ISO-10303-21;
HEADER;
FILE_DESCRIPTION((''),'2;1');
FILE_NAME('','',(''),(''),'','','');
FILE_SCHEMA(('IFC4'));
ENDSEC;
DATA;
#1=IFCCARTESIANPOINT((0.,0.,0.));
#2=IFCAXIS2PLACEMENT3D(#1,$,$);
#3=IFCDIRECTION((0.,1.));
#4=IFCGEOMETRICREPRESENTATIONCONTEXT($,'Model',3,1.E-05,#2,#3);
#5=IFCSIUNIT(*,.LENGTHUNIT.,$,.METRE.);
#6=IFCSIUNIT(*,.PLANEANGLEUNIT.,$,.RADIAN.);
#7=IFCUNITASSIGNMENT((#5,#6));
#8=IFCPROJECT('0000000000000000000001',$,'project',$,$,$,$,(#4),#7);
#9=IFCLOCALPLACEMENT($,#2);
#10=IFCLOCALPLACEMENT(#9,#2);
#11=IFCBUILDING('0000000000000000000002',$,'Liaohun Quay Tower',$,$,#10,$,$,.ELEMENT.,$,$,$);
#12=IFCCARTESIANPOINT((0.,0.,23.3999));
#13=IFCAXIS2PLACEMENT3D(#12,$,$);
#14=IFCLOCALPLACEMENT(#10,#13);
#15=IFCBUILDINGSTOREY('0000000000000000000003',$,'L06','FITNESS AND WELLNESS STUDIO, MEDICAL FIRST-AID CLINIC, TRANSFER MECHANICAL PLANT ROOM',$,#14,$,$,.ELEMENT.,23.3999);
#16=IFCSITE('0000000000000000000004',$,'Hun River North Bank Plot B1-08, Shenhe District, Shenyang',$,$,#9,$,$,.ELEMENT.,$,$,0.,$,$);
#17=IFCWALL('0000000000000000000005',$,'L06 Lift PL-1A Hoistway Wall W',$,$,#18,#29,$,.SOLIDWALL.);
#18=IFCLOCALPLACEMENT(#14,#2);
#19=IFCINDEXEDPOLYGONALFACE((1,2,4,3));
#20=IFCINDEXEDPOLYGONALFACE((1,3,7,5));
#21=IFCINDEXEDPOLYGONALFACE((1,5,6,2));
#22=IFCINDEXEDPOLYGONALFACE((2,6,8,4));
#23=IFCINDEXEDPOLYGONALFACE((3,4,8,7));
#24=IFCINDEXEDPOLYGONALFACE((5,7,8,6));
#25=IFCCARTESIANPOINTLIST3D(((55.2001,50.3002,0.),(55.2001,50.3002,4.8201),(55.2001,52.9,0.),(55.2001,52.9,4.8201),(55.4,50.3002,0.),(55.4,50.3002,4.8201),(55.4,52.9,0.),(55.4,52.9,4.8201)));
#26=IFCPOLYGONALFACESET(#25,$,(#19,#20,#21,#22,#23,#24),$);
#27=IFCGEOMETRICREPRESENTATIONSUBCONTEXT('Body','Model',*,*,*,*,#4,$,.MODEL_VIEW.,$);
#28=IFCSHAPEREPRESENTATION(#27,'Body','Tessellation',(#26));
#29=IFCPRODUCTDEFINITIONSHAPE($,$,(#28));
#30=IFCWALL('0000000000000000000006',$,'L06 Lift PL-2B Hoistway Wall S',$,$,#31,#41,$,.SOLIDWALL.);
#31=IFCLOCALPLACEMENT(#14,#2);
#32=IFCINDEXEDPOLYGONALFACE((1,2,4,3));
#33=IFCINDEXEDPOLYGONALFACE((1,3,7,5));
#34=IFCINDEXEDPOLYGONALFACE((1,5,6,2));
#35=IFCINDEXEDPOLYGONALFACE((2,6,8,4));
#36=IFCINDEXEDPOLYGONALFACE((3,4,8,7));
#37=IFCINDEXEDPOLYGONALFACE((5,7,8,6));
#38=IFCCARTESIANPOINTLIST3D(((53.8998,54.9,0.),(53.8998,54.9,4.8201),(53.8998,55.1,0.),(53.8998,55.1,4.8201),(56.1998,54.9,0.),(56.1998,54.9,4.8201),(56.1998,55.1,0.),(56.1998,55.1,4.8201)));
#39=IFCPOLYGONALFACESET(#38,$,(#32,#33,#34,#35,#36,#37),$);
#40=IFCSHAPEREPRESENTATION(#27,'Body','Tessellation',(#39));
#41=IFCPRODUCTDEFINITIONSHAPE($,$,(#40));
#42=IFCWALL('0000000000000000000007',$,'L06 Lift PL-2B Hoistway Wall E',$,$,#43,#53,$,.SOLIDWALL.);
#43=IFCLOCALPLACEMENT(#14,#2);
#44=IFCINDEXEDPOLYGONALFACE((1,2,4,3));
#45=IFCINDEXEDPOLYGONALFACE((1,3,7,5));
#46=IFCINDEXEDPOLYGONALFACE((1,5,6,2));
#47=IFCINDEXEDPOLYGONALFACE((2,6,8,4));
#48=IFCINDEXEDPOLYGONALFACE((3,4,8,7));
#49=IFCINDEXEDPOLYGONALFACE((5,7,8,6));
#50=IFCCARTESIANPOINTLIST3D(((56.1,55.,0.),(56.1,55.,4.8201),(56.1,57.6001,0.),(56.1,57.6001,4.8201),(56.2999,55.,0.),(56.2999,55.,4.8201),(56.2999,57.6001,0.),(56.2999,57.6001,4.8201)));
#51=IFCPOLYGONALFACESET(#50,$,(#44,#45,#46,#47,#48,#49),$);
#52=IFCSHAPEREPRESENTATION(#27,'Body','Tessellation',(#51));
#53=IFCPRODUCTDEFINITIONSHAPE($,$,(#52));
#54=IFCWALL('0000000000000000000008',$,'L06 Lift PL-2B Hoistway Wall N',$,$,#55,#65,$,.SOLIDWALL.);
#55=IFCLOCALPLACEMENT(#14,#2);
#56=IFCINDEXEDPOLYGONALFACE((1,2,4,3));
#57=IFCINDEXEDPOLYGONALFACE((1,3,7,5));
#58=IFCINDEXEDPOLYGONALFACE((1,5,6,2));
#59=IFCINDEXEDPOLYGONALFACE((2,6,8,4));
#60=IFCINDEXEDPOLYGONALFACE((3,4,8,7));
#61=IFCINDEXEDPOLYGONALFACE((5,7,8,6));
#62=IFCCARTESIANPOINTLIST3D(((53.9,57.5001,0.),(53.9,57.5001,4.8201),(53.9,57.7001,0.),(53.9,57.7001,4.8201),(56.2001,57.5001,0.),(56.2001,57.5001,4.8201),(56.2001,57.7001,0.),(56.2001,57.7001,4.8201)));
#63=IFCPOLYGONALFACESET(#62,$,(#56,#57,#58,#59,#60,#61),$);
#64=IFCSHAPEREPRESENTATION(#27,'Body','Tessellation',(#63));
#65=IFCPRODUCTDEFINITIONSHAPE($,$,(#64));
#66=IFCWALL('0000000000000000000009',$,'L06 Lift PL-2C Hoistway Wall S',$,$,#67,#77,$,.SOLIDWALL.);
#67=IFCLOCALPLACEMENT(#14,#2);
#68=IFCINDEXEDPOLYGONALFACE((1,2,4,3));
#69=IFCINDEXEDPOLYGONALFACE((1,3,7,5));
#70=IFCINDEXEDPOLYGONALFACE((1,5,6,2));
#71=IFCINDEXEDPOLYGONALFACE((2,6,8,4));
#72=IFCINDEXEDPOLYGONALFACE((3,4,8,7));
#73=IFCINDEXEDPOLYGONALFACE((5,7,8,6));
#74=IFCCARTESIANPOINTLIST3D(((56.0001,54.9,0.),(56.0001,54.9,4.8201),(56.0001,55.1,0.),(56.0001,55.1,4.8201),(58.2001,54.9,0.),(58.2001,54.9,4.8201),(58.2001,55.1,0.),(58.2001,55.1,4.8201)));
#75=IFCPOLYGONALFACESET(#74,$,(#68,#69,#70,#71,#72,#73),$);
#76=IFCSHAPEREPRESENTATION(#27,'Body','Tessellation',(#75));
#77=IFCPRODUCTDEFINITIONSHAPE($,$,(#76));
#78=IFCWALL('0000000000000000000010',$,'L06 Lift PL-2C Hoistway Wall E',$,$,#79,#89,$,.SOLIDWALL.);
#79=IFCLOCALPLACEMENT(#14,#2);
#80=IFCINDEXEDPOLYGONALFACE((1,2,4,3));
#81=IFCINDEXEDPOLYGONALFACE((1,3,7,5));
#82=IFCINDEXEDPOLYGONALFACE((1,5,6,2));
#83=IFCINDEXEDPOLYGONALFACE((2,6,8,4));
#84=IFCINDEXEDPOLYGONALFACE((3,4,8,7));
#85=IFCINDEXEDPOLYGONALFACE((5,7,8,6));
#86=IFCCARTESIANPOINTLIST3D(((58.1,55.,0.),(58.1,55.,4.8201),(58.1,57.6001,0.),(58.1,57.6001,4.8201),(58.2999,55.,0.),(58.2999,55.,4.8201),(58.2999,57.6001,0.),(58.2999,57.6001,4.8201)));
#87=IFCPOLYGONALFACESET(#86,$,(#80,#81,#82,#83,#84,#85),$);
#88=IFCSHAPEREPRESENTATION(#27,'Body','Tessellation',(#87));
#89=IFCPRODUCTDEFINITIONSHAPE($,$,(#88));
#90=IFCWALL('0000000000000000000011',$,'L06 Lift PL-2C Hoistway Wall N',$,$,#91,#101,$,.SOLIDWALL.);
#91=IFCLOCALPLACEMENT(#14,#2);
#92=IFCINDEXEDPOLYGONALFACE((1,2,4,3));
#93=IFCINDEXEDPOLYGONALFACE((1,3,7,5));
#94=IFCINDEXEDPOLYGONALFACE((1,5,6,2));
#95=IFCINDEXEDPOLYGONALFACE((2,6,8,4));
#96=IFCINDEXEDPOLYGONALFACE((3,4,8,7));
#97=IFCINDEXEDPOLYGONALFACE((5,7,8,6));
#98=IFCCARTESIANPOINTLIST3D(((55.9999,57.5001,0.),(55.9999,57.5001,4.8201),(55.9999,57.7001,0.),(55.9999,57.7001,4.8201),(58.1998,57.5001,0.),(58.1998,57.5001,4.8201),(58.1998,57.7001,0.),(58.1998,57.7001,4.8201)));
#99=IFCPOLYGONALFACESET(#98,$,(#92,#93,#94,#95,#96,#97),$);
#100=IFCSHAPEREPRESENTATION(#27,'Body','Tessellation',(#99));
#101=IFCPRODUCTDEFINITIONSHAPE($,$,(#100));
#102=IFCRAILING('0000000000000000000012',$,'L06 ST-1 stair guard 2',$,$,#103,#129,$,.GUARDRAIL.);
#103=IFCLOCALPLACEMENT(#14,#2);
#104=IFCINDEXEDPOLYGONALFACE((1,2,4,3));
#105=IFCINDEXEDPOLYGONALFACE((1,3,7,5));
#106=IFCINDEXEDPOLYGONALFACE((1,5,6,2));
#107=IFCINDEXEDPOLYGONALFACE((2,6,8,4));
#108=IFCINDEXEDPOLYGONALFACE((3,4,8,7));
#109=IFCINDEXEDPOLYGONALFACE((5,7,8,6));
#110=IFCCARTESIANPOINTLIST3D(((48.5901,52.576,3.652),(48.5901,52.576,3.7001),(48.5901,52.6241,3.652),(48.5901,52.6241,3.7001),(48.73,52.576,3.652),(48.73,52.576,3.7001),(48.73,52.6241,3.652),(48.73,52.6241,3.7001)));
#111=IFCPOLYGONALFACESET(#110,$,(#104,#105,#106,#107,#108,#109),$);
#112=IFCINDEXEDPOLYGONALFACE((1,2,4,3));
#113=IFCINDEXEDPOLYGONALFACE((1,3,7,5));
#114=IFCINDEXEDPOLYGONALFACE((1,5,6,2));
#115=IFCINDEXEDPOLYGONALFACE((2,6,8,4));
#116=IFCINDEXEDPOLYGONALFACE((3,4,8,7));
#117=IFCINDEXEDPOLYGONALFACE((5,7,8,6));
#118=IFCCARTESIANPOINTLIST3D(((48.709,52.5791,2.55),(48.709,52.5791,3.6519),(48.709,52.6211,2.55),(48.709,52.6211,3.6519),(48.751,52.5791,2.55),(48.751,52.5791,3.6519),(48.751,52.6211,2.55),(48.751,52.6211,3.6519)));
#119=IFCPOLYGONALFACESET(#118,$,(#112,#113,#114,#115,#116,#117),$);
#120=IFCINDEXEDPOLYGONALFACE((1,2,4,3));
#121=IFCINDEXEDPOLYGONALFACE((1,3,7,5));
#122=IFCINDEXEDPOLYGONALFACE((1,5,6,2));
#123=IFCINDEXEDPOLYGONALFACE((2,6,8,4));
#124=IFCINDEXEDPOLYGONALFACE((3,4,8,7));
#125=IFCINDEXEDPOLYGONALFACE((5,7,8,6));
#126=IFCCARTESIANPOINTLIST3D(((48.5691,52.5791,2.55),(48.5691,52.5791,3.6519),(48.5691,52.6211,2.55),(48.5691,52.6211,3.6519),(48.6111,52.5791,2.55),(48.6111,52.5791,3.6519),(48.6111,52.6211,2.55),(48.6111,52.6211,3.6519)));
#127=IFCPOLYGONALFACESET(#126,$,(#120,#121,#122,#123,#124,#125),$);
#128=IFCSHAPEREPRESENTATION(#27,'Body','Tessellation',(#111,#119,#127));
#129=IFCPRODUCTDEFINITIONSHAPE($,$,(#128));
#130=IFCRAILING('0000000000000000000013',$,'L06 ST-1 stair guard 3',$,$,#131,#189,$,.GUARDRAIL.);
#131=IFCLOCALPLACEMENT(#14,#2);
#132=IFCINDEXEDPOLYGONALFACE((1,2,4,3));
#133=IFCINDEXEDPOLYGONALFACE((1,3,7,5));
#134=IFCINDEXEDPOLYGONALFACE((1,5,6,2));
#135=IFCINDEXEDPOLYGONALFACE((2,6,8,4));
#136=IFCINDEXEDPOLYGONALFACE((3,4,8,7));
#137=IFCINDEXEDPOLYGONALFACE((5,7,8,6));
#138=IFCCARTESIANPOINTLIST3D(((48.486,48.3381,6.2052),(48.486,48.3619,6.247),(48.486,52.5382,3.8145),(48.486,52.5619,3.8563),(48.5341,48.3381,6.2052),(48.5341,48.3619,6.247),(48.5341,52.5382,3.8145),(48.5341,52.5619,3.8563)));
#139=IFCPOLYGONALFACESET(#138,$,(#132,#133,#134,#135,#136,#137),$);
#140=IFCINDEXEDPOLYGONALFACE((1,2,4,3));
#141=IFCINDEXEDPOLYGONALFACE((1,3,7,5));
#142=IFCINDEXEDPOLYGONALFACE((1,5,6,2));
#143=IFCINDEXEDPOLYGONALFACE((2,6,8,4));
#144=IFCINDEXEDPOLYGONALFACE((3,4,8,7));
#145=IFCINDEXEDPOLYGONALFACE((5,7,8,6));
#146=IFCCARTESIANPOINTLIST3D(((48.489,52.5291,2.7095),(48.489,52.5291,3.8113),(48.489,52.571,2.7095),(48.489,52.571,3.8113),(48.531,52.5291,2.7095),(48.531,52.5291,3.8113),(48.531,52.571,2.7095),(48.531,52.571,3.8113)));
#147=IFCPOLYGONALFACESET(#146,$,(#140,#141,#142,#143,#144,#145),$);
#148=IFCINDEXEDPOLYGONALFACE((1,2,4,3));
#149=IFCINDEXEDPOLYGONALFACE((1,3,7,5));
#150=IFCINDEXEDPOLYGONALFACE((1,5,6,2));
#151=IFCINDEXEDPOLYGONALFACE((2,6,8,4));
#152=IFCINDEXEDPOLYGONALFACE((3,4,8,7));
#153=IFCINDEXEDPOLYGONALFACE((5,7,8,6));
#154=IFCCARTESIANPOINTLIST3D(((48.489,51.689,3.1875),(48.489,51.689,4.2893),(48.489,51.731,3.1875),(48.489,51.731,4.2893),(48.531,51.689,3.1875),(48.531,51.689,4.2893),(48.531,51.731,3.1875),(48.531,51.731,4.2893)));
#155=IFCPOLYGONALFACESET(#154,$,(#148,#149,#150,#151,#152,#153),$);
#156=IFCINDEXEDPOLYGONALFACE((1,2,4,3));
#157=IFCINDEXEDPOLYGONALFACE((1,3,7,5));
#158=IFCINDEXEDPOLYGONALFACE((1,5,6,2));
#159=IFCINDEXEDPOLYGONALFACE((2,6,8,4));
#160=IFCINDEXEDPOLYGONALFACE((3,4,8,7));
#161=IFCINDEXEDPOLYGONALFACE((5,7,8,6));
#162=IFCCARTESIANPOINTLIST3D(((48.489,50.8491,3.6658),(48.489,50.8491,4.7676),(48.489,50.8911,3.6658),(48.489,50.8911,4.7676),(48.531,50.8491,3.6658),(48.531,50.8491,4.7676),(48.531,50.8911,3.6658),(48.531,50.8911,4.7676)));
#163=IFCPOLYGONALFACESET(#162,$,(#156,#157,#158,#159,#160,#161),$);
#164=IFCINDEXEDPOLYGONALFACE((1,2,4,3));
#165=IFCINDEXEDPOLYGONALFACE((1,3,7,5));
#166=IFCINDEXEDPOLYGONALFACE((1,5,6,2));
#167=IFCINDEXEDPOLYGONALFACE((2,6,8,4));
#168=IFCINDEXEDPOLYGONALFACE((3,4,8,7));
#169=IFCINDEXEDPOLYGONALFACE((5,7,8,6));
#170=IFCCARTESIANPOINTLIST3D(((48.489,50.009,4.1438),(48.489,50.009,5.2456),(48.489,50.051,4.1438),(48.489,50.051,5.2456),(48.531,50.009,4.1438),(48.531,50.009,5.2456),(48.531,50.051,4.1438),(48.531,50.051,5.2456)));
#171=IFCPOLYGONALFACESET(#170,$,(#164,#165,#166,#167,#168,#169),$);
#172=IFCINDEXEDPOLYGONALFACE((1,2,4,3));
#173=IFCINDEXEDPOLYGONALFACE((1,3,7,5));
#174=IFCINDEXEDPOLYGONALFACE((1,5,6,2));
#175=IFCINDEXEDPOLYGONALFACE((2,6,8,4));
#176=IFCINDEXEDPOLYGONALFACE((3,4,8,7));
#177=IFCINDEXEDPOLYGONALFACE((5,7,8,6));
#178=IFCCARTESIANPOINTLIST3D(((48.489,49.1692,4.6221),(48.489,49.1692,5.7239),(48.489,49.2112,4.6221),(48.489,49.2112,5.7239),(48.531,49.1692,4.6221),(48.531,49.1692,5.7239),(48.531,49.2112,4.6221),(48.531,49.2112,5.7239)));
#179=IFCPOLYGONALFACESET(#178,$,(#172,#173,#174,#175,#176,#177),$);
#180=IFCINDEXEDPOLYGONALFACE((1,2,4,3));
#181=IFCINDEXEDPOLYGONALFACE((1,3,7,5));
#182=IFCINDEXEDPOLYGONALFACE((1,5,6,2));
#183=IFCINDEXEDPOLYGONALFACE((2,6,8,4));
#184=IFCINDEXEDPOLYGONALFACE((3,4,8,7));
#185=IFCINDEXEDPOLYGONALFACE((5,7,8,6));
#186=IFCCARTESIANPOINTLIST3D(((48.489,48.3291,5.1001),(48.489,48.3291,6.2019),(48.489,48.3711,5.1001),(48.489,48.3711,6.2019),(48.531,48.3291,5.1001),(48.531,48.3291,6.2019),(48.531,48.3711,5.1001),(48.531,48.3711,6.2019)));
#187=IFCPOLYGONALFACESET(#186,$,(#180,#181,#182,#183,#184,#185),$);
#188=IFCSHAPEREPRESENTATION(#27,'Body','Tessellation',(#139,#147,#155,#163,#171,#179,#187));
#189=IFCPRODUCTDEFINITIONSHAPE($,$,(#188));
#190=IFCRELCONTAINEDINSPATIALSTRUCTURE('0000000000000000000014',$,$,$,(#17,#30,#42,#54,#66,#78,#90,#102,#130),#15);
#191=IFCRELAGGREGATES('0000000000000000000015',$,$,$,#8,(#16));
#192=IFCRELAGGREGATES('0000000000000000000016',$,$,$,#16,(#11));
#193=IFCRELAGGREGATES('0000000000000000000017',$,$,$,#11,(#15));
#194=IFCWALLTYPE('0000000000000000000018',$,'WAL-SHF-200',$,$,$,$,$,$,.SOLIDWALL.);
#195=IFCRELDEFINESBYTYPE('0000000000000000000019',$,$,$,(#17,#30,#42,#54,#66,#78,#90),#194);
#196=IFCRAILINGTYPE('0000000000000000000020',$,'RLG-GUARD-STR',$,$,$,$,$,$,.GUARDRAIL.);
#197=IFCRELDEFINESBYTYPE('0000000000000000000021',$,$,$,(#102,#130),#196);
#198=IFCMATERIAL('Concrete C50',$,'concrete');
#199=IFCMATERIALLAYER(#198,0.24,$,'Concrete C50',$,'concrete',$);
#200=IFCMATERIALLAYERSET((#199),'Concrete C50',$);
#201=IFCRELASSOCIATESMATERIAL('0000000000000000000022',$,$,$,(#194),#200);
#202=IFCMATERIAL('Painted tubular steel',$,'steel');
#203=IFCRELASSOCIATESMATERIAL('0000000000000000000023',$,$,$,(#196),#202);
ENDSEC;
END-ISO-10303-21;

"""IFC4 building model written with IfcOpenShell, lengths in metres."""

from ifc_helpers import new_model, si_unit, direction, frame, frame_2d, origin, origin_2d, place, context, subcontext, project, spatial, rectangle, extrude, material, layer, layer_set, type_object, element, save


model = new_model("IFC4")

# Units and contexts
model_context = context("Model", 3, precision=1e-05, world=origin(), true_north=direction((0.0, 1.0)))
body_context = subcontext(model_context, "Body", "Model", "MODEL_VIEW")
ifc_project = project(units=[si_unit("LENGTHUNIT", "METRE"), si_unit("PLANEANGLEUNIT", "RADIAN")], contexts=[model_context])

# Site, building, storey
site_placement = place(None, origin())
site = spatial("IfcSite", under=ifc_project, at=site_placement, Name="Hun River North Bank Plot B1-08, Shenhe District, Shenyang", CompositionType="ELEMENT", RefElevation=0.0)
building_placement = place(site_placement, origin())
building = spatial("IfcBuilding", under=site, at=building_placement, Name="Liaohun Quay Tower", CompositionType="ELEMENT")
storey_placement = place(building_placement, frame((0.0, 0.0, 23.3999)))
storey = spatial("IfcBuildingStorey", under=building, at=storey_placement, Name="L06", Description="FITNESS AND WELLNESS STUDIO, MEDICAL FIRST-AID CLINIC, TRANSFER MECHANICAL PLANT ROOM", CompositionType="ELEMENT", Elevation=23.3999)

# Shared definitions
ifc_material_1 = material(Name="Concrete C50", Category="concrete")
ifc_layer_1 = layer(ifc_material_1, 0.24, Name="Concrete C50", Category="concrete")
ifc_layer_set_1 = layer_set([ifc_layer_1], Name="Concrete C50")
wall_type_1 = type_object("IfcWallType", Name="WAL-SHF-200", PredefinedType="SOLIDWALL", material=ifc_layer_set_1)

# Walls
wall_1_placement = place(storey_placement, frame((55.3, 52.8999, 0.0), z_axis=(0.0, 0.0, 1.0), x_axis=(0.0, -1.0, 0.0)))
element("IfcWall", 1, at=wall_1_placement, inside=storey, type_object=wall_type_1, Name="L06 Lift PL-1A Hoistway Wall W", PredefinedType="SOLIDWALL", context=body_context, shape_type="SweptSolid", body=[
    extrude(rectangle(XDim=2.5999, YDim=0.2, at=frame_2d((1.2998, 0.0))), origin(), (0.0, 0.0, 1.0), 4.8201),
])
wall_2_placement = place(storey_placement, frame((53.8999, 55.0, 0.0), z_axis=(0.0, 0.0, 1.0), x_axis=(1.0, 0.0, 0.0)))
element("IfcWall", 2, at=wall_2_placement, inside=storey, type_object=wall_type_1, Name="L06 Lift PL-2B Hoistway Wall S", PredefinedType="SOLIDWALL", context=body_context, shape_type="SweptSolid", body=[
    extrude(rectangle(XDim=2.3, YDim=0.2, at=frame_2d((1.1499, 0.0))), origin(), (0.0, 0.0, 1.0), 4.8201),
])
wall_3_placement = place(storey_placement, frame((56.2, 55.0, 0.0), z_axis=(0.0, 0.0, 1.0), x_axis=(0.0, 1.0, 0.0)))
element("IfcWall", 3, at=wall_3_placement, inside=storey, type_object=wall_type_1, Name="L06 Lift PL-2B Hoistway Wall E", PredefinedType="SOLIDWALL", context=body_context, shape_type="SweptSolid", body=[
    extrude(rectangle(XDim=2.6001, YDim=0.2, at=frame_2d((1.3, 0.0))), origin(), (0.0, 0.0, 1.0), 4.8201),
])
wall_4_placement = place(storey_placement, frame((56.2, 57.6001, 0.0), z_axis=(0.0, 0.0, 1.0), x_axis=(-1.0, 0.0, 0.0)))
element("IfcWall", 4, at=wall_4_placement, inside=storey, type_object=wall_type_1, Name="L06 Lift PL-2B Hoistway Wall N", PredefinedType="SOLIDWALL", context=body_context, shape_type="SweptSolid", body=[
    extrude(rectangle(XDim=2.3, YDim=0.2, at=frame_2d((1.1499, 0.0))), origin(), (0.0, 0.0, 1.0), 4.8201),
])
wall_5_placement = place(storey_placement, frame((56.0, 55.0, 0.0), z_axis=(0.0, 0.0, 1.0), x_axis=(1.0, 0.0, 0.0)))
element("IfcWall", 5, at=wall_5_placement, inside=storey, type_object=wall_type_1, Name="L06 Lift PL-2C Hoistway Wall S", PredefinedType="SOLIDWALL", context=body_context, shape_type="SweptSolid", body=[
    extrude(rectangle(XDim=2.2, YDim=0.2, at=frame_2d((1.1001, 0.0))), origin(), (0.0, 0.0, 1.0), 4.8201),
])
wall_6_placement = place(storey_placement, frame((58.2, 55.0, 0.0), z_axis=(0.0, 0.0, 1.0), x_axis=(0.0, 1.0, 0.0)))
element("IfcWall", 6, at=wall_6_placement, inside=storey, type_object=wall_type_1, Name="L06 Lift PL-2C Hoistway Wall E", PredefinedType="SOLIDWALL", context=body_context, shape_type="SweptSolid", body=[
    extrude(rectangle(XDim=2.6001, YDim=0.2, at=frame_2d((1.3, 0.0))), origin(), (0.0, 0.0, 1.0), 4.8201),
])
wall_7_placement = place(storey_placement, frame((58.2, 57.6001, 0.0), z_axis=(0.0, 0.0, 1.0), x_axis=(-1.0, 0.0, 0.0)))
element("IfcWall", 7, at=wall_7_placement, inside=storey, type_object=wall_type_1, Name="L06 Lift PL-2C Hoistway Wall N", PredefinedType="SOLIDWALL", context=body_context, shape_type="SweptSolid", body=[
    extrude(rectangle(XDim=2.2, YDim=0.2, at=frame_2d((1.1001, 0.0))), origin(), (0.0, 0.0, 1.0), 4.8201),
])

# Railings
ifc_material_2 = material(Name="Painted tubular steel", Category="steel")
railing_type = type_object("IfcRailingType", Name="RLG-GUARD-STR", PredefinedType="GUARDRAIL", material=ifc_material_2)
railing_1_placement = place(storey_placement, frame((48.73, 52.6001, 2.55)))
element("IfcRailing", 8, at=railing_1_placement, inside=storey, type_object=railing_type, Name="L06 ST-1 stair guard 2", PredefinedType="GUARDRAIL", context=body_context, shape_type="SweptSolid", body=[
    extrude(rectangle(XDim=0.0481, YDim=0.0481, at=origin_2d()), frame((0.0, 0.0, 1.126), z_axis=(-1.0, 0.0, 0.0), x_axis=(0.0, -1.0, 0.0)), (0.0, 0.0, 1.0), 0.1399),
    extrude(rectangle(XDim=0.042, YDim=0.042, at=origin_2d()), origin(), (0.0, 0.0, 1.0), 1.1018),
    extrude(rectangle(XDim=0.042, YDim=0.042, at=origin_2d()), frame((-0.1399, 0.0, 0.0)), (0.0, 0.0, 1.0), 1.1018),
])
railing_2_placement = place(storey_placement, frame((48.51, 52.55, 2.7095)))
element("IfcRailing", 9, at=railing_2_placement, inside=storey, type_object=railing_type, Name="L06 ST-1 stair guard 3", PredefinedType="GUARDRAIL", context=body_context, shape_type="SweptSolid", body=[
    extrude(rectangle(XDim=0.0481, YDim=0.0481, at=origin_2d()), frame((0.0, 0.0, 1.126), z_axis=(0.0, -0.869075, 0.49468), x_axis=(1.0, 0.0, 0.0)), (0.0, 0.0, 1.0), 4.8328),
    extrude(rectangle(XDim=0.042, YDim=0.042, at=origin_2d()), origin(), (0.0, 0.0, 1.0), 1.1018),
    extrude(rectangle(XDim=0.042, YDim=0.042, at=origin_2d()), frame((0.0, -0.8401, 0.478)), (0.0, 0.0, 1.0), 1.1018),
    extrude(rectangle(XDim=0.042, YDim=0.042, at=origin_2d()), frame((0.0, -1.6799, 0.9563)), (0.0, 0.0, 1.0), 1.1018),
    extrude(rectangle(XDim=0.042, YDim=0.042, at=origin_2d()), frame((0.0, -2.52, 1.4343)), (0.0, 0.0, 1.0), 1.1018),
    extrude(rectangle(XDim=0.042, YDim=0.042, at=origin_2d()), frame((0.0, -3.3599, 1.9126)), (0.0, 0.0, 1.0), 1.1018),
    extrude(rectangle(XDim=0.042, YDim=0.042, at=origin_2d()), frame((0.0, -4.2, 2.3906)), (0.0, 0.0, 1.0), 1.1018),
])

save(model, "model.ifc")
